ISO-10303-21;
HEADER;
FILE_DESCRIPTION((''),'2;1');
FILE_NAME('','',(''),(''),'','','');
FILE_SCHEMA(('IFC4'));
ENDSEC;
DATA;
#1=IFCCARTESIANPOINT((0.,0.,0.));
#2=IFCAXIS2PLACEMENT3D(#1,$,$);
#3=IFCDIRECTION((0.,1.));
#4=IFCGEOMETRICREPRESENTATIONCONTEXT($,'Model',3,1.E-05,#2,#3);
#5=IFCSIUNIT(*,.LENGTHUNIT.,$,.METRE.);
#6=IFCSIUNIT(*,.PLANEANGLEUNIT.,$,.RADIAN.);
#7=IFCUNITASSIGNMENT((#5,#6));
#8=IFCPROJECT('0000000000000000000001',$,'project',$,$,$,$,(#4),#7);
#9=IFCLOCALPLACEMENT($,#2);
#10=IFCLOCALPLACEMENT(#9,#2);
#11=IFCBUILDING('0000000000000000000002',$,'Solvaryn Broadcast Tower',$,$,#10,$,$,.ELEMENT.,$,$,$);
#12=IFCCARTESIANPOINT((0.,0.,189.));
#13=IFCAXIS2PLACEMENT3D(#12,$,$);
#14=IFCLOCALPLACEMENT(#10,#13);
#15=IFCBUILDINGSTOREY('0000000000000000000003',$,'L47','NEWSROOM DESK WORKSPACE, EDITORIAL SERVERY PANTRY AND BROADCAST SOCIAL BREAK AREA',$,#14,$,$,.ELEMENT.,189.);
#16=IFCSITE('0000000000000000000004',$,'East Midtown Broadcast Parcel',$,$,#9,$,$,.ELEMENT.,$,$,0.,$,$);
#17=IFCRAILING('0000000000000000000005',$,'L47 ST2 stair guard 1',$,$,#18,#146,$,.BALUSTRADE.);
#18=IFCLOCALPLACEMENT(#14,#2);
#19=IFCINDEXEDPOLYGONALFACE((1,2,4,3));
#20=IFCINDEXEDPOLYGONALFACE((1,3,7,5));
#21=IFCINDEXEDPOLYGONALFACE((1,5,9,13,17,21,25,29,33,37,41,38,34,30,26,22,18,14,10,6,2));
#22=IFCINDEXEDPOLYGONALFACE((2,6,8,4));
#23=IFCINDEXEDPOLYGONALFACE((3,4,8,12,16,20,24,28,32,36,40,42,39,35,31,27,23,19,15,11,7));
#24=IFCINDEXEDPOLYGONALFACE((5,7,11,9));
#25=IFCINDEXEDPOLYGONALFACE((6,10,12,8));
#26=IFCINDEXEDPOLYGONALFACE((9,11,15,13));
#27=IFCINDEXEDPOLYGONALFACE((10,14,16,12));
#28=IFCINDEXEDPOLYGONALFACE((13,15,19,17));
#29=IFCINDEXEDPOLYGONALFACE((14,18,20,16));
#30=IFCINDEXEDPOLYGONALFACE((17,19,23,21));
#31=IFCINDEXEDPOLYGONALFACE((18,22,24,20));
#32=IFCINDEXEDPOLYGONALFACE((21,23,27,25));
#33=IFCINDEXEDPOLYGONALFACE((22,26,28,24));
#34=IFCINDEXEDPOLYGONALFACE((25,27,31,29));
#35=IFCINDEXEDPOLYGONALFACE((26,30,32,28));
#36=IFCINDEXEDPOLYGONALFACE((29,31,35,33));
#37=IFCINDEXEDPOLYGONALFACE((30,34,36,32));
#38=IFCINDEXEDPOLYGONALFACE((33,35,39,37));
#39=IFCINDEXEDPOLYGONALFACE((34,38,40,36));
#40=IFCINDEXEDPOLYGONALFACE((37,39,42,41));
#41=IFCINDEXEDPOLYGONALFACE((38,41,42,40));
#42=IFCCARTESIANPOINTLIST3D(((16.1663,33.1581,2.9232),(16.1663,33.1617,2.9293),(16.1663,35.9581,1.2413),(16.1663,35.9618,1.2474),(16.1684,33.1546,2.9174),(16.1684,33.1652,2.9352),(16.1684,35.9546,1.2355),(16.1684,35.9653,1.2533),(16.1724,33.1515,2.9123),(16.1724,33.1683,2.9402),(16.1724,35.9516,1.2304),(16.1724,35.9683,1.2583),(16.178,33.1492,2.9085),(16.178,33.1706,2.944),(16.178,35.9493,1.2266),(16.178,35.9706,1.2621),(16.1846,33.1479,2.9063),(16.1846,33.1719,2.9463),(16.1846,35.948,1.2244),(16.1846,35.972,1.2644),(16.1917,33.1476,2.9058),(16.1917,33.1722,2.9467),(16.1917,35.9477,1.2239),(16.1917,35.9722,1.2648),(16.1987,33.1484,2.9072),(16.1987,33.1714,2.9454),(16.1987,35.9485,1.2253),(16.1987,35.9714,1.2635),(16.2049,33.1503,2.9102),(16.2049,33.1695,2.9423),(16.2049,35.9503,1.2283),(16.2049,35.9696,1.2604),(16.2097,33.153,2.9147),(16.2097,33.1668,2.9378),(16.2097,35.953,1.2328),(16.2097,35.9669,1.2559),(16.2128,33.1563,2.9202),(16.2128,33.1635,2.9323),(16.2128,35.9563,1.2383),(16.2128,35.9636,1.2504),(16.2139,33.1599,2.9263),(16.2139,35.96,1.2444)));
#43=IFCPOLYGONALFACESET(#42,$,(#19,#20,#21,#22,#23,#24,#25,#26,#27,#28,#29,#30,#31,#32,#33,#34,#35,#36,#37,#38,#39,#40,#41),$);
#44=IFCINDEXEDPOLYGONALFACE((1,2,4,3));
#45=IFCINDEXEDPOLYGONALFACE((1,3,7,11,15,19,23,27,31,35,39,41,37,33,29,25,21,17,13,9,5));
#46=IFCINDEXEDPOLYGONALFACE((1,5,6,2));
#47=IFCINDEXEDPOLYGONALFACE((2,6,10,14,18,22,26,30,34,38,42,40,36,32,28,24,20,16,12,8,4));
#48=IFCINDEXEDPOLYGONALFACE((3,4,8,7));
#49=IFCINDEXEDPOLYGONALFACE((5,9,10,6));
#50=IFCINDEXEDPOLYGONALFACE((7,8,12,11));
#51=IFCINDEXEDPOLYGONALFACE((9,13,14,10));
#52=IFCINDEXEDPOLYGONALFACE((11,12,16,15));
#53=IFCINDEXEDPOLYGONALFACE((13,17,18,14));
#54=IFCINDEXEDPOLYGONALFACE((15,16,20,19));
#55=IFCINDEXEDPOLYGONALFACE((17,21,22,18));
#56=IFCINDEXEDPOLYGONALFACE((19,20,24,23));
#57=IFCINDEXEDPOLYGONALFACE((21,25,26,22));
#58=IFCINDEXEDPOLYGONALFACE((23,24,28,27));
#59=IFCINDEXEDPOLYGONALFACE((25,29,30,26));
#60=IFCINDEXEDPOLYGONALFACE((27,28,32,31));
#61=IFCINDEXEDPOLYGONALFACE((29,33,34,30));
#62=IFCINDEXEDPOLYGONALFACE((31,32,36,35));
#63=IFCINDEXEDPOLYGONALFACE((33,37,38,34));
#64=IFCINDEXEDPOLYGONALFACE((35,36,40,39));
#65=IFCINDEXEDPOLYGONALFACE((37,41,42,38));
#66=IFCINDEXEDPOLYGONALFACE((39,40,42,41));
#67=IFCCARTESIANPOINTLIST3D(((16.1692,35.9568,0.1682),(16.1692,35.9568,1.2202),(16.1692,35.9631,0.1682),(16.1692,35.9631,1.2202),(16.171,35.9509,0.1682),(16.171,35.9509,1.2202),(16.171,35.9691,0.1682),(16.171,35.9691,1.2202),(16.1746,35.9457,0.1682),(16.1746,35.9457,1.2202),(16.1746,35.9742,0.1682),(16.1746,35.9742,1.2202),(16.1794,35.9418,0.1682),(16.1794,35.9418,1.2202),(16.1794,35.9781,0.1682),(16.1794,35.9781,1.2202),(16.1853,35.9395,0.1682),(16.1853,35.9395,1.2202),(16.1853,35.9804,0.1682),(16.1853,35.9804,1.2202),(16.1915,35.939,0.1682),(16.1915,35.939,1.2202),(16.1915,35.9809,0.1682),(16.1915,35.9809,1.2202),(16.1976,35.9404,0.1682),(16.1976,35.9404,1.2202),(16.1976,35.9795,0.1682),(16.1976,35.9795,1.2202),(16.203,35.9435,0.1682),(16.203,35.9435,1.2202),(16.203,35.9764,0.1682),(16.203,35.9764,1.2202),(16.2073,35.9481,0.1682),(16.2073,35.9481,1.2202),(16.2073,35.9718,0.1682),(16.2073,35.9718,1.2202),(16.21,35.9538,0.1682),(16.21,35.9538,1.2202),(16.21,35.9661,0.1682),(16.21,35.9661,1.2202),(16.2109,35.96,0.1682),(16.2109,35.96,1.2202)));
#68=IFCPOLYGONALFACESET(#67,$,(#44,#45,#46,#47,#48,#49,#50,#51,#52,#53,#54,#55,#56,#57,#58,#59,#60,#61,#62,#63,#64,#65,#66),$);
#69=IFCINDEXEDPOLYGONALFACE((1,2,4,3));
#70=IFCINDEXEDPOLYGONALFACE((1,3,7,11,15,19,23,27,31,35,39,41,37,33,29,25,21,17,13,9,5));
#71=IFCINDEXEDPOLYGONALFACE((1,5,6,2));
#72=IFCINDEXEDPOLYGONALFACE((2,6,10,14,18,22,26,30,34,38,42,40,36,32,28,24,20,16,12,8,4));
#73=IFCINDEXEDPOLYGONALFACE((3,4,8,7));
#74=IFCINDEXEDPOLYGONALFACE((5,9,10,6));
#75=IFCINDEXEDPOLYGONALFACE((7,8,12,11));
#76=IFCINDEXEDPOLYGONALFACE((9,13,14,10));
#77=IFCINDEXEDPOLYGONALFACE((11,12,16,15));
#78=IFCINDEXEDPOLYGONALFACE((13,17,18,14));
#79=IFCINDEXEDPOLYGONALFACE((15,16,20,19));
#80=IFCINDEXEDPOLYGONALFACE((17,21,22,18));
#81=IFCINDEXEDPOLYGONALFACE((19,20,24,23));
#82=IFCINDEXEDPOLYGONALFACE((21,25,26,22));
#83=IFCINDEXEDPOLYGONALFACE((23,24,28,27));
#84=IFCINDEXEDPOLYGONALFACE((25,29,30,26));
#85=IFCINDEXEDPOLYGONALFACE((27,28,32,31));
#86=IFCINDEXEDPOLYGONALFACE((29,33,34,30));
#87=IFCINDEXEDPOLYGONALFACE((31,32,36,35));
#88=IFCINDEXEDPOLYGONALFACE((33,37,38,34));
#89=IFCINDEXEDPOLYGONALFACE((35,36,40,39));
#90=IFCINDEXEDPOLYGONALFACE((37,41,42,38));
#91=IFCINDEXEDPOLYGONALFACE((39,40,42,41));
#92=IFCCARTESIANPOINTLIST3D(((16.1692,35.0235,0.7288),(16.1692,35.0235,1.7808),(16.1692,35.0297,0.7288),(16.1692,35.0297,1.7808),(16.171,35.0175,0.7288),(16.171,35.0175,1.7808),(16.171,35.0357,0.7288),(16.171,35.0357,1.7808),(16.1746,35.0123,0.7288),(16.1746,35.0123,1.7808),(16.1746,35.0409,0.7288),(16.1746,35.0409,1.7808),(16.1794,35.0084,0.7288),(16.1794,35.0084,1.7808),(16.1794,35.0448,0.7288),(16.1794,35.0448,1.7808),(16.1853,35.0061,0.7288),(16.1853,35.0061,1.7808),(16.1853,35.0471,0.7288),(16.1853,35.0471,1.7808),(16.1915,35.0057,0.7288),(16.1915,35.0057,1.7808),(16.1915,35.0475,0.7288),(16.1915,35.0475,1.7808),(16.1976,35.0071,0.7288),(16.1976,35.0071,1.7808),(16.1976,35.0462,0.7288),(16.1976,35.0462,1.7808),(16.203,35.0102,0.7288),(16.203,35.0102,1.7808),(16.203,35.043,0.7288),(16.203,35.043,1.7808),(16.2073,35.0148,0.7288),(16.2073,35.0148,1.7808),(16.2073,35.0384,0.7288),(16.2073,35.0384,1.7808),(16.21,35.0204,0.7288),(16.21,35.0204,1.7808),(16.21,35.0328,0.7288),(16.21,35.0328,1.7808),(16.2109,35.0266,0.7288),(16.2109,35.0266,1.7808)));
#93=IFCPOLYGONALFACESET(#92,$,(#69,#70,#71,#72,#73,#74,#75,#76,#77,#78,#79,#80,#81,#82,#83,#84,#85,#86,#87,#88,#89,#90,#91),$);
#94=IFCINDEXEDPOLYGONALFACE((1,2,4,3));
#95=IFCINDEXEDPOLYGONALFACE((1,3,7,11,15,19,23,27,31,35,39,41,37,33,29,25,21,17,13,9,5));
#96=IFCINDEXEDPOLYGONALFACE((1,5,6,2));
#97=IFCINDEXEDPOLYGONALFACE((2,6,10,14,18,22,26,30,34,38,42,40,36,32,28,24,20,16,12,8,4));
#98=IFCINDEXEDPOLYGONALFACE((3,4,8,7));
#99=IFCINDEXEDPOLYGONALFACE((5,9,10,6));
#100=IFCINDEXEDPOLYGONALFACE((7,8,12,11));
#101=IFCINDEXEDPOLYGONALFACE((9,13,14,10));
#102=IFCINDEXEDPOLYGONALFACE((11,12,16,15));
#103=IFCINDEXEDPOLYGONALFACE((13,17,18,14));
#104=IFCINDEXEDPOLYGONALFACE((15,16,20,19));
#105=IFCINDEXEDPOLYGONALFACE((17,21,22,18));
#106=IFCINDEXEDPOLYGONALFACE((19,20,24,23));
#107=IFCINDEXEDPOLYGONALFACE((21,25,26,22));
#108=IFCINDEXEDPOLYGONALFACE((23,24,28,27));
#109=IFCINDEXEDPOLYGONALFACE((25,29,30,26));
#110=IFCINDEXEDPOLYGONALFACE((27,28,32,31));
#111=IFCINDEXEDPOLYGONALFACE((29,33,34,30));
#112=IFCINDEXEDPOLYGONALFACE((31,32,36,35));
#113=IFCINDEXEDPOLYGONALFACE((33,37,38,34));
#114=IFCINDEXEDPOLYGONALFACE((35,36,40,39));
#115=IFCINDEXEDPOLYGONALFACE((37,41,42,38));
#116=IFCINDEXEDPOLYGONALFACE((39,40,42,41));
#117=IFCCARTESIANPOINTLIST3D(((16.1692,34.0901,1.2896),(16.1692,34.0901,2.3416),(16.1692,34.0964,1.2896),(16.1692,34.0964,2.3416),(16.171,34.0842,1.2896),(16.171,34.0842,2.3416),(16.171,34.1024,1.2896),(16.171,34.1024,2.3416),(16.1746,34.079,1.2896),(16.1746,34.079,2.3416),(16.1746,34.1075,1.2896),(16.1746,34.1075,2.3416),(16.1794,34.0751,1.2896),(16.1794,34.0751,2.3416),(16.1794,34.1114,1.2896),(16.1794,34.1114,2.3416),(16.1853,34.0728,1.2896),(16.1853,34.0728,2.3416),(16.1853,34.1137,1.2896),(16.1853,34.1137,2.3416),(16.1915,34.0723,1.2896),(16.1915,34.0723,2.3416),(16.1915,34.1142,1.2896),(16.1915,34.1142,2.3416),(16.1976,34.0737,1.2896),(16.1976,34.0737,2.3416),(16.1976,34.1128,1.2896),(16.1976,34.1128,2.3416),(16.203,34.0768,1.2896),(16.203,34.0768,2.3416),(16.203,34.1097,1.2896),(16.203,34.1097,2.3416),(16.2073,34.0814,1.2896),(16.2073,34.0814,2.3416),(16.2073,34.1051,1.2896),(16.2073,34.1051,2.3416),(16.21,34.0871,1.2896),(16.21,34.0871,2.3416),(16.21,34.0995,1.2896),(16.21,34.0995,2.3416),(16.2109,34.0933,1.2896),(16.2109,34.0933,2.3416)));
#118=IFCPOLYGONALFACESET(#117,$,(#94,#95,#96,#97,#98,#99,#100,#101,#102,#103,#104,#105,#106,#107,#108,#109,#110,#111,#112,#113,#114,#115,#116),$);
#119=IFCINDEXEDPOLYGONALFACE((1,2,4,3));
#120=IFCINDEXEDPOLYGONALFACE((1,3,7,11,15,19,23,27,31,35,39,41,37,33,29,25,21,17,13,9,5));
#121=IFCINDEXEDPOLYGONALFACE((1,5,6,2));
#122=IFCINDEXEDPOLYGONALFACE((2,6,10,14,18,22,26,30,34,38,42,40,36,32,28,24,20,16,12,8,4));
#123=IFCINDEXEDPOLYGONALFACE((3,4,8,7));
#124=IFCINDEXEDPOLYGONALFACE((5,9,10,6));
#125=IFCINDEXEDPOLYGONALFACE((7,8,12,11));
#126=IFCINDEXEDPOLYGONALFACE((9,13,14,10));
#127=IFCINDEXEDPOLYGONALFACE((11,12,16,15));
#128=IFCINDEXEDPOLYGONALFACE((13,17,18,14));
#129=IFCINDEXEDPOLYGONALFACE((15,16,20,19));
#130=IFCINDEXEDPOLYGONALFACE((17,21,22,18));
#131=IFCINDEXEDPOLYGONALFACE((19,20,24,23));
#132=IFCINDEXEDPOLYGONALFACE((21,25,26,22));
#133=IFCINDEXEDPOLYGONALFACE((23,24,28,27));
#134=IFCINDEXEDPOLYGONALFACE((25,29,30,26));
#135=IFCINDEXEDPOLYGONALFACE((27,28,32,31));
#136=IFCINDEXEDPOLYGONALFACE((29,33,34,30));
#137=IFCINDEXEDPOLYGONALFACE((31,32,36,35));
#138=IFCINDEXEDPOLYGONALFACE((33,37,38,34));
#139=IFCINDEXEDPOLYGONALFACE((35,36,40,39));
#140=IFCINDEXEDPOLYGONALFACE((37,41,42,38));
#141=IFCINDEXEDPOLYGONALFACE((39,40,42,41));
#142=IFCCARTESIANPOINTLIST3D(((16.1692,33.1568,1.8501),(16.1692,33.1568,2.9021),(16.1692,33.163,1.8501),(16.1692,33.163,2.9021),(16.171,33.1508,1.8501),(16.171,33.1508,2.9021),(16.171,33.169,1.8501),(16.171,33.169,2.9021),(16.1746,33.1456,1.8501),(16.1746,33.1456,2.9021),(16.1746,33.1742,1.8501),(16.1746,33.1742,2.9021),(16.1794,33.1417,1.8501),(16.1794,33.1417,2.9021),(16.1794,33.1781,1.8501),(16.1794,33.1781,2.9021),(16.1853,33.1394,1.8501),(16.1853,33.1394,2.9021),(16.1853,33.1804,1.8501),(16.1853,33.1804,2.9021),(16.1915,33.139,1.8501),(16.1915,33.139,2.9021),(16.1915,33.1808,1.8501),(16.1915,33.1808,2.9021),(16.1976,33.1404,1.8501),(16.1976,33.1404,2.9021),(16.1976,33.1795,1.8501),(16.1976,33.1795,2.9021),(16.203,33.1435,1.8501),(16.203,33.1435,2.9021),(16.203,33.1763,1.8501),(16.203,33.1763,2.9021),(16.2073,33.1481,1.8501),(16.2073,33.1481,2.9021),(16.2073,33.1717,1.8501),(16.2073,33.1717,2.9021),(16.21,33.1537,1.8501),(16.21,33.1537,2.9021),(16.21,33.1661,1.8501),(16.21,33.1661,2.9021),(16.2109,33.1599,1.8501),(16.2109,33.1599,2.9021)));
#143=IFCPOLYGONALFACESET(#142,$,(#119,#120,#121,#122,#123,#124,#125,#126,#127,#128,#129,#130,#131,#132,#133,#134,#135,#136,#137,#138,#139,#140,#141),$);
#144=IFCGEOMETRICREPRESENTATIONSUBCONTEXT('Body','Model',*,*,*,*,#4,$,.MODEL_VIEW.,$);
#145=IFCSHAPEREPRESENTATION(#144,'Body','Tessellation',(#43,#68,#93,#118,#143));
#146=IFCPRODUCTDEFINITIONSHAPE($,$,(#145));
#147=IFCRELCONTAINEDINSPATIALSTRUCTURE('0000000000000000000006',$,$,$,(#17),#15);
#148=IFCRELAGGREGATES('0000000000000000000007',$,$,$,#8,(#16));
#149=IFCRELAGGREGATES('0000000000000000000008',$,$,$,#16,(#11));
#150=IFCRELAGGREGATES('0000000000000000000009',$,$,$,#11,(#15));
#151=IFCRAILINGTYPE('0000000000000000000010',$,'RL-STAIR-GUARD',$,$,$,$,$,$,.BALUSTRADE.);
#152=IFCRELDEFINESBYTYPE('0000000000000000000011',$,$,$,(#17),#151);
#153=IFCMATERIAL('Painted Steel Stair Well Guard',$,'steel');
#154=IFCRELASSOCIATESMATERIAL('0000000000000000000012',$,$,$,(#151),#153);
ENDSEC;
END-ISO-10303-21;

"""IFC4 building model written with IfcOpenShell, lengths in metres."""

from ifc_helpers import new_model, si_unit, direction, frame, origin, origin_2d, place, context, subcontext, project, spatial, circle, extrude, material, type_object, element, save


model = new_model("IFC4")

# Units and contexts
model_context = context("Model", 3, precision=1e-05, world=origin(), true_north=direction((0.0, 1.0)))
body_context = subcontext(model_context, "Body", "Model", "MODEL_VIEW")
ifc_project = project(units=[si_unit("LENGTHUNIT", "METRE"), si_unit("PLANEANGLEUNIT", "RADIAN")], contexts=[model_context])

# Site, building, storey
site_placement = place(None, origin())
site = spatial("IfcSite", under=ifc_project, at=site_placement, Name="East Midtown Broadcast Parcel", CompositionType="ELEMENT", RefElevation=0.0)
building_placement = place(site_placement, origin())
building = spatial("IfcBuilding", under=site, at=building_placement, Name="Solvaryn Broadcast Tower", CompositionType="ELEMENT")
storey_placement = place(building_placement, frame((0.0, 0.0, 189.0)))
storey = spatial("IfcBuildingStorey", under=building, at=storey_placement, Name="L47", Description="NEWSROOM DESK WORKSPACE, EDITORIAL SERVERY PANTRY AND BROADCAST SOCIAL BREAK AREA", CompositionType="ELEMENT", Elevation=189.0)

# Railing
ifc_material_1 = material(Name="Painted Steel Stair Well Guard", Category="steel")
railing_type_1 = type_object("IfcRailingType", Name="RL-STAIR-GUARD", PredefinedType="BALUSTRADE", material=ifc_material_1)
railing_1_placement = place(storey_placement, frame((16.1899, 35.96, 0.1682)))
element("IfcRailing", 1, at=railing_1_placement, inside=storey, type_object=railing_type_1, Name="L47 ST2 stair guard 1", PredefinedType="BALUSTRADE", context=body_context, shape_type="SweptSolid", body=[
    extrude(circle(Radius=0.0239, at=origin_2d()), frame((0.0, 0.0, 1.0762), z_axis=(0.0, -0.857242, 0.514913), x_axis=(1.0, 0.0, 0.0)), (0.0, 0.0, 1.0), 3.2664),
    extrude(circle(Radius=0.021, at=origin_2d()), origin(), (0.0, 0.0, 1.0), 1.052),
    extrude(circle(Radius=0.021, at=origin_2d()), frame((0.0, -0.9333, 0.5605)), (0.0, 0.0, 1.0), 1.052),
    extrude(circle(Radius=0.021, at=origin_2d()), frame((0.0, -1.8667, 1.1213)), (0.0, 0.0, 1.0), 1.052),
    extrude(circle(Radius=0.021, at=origin_2d()), frame((0.0, -2.8, 1.6819)), (0.0, 0.0, 1.0), 1.052),
])

save(model, "model.ifc")
